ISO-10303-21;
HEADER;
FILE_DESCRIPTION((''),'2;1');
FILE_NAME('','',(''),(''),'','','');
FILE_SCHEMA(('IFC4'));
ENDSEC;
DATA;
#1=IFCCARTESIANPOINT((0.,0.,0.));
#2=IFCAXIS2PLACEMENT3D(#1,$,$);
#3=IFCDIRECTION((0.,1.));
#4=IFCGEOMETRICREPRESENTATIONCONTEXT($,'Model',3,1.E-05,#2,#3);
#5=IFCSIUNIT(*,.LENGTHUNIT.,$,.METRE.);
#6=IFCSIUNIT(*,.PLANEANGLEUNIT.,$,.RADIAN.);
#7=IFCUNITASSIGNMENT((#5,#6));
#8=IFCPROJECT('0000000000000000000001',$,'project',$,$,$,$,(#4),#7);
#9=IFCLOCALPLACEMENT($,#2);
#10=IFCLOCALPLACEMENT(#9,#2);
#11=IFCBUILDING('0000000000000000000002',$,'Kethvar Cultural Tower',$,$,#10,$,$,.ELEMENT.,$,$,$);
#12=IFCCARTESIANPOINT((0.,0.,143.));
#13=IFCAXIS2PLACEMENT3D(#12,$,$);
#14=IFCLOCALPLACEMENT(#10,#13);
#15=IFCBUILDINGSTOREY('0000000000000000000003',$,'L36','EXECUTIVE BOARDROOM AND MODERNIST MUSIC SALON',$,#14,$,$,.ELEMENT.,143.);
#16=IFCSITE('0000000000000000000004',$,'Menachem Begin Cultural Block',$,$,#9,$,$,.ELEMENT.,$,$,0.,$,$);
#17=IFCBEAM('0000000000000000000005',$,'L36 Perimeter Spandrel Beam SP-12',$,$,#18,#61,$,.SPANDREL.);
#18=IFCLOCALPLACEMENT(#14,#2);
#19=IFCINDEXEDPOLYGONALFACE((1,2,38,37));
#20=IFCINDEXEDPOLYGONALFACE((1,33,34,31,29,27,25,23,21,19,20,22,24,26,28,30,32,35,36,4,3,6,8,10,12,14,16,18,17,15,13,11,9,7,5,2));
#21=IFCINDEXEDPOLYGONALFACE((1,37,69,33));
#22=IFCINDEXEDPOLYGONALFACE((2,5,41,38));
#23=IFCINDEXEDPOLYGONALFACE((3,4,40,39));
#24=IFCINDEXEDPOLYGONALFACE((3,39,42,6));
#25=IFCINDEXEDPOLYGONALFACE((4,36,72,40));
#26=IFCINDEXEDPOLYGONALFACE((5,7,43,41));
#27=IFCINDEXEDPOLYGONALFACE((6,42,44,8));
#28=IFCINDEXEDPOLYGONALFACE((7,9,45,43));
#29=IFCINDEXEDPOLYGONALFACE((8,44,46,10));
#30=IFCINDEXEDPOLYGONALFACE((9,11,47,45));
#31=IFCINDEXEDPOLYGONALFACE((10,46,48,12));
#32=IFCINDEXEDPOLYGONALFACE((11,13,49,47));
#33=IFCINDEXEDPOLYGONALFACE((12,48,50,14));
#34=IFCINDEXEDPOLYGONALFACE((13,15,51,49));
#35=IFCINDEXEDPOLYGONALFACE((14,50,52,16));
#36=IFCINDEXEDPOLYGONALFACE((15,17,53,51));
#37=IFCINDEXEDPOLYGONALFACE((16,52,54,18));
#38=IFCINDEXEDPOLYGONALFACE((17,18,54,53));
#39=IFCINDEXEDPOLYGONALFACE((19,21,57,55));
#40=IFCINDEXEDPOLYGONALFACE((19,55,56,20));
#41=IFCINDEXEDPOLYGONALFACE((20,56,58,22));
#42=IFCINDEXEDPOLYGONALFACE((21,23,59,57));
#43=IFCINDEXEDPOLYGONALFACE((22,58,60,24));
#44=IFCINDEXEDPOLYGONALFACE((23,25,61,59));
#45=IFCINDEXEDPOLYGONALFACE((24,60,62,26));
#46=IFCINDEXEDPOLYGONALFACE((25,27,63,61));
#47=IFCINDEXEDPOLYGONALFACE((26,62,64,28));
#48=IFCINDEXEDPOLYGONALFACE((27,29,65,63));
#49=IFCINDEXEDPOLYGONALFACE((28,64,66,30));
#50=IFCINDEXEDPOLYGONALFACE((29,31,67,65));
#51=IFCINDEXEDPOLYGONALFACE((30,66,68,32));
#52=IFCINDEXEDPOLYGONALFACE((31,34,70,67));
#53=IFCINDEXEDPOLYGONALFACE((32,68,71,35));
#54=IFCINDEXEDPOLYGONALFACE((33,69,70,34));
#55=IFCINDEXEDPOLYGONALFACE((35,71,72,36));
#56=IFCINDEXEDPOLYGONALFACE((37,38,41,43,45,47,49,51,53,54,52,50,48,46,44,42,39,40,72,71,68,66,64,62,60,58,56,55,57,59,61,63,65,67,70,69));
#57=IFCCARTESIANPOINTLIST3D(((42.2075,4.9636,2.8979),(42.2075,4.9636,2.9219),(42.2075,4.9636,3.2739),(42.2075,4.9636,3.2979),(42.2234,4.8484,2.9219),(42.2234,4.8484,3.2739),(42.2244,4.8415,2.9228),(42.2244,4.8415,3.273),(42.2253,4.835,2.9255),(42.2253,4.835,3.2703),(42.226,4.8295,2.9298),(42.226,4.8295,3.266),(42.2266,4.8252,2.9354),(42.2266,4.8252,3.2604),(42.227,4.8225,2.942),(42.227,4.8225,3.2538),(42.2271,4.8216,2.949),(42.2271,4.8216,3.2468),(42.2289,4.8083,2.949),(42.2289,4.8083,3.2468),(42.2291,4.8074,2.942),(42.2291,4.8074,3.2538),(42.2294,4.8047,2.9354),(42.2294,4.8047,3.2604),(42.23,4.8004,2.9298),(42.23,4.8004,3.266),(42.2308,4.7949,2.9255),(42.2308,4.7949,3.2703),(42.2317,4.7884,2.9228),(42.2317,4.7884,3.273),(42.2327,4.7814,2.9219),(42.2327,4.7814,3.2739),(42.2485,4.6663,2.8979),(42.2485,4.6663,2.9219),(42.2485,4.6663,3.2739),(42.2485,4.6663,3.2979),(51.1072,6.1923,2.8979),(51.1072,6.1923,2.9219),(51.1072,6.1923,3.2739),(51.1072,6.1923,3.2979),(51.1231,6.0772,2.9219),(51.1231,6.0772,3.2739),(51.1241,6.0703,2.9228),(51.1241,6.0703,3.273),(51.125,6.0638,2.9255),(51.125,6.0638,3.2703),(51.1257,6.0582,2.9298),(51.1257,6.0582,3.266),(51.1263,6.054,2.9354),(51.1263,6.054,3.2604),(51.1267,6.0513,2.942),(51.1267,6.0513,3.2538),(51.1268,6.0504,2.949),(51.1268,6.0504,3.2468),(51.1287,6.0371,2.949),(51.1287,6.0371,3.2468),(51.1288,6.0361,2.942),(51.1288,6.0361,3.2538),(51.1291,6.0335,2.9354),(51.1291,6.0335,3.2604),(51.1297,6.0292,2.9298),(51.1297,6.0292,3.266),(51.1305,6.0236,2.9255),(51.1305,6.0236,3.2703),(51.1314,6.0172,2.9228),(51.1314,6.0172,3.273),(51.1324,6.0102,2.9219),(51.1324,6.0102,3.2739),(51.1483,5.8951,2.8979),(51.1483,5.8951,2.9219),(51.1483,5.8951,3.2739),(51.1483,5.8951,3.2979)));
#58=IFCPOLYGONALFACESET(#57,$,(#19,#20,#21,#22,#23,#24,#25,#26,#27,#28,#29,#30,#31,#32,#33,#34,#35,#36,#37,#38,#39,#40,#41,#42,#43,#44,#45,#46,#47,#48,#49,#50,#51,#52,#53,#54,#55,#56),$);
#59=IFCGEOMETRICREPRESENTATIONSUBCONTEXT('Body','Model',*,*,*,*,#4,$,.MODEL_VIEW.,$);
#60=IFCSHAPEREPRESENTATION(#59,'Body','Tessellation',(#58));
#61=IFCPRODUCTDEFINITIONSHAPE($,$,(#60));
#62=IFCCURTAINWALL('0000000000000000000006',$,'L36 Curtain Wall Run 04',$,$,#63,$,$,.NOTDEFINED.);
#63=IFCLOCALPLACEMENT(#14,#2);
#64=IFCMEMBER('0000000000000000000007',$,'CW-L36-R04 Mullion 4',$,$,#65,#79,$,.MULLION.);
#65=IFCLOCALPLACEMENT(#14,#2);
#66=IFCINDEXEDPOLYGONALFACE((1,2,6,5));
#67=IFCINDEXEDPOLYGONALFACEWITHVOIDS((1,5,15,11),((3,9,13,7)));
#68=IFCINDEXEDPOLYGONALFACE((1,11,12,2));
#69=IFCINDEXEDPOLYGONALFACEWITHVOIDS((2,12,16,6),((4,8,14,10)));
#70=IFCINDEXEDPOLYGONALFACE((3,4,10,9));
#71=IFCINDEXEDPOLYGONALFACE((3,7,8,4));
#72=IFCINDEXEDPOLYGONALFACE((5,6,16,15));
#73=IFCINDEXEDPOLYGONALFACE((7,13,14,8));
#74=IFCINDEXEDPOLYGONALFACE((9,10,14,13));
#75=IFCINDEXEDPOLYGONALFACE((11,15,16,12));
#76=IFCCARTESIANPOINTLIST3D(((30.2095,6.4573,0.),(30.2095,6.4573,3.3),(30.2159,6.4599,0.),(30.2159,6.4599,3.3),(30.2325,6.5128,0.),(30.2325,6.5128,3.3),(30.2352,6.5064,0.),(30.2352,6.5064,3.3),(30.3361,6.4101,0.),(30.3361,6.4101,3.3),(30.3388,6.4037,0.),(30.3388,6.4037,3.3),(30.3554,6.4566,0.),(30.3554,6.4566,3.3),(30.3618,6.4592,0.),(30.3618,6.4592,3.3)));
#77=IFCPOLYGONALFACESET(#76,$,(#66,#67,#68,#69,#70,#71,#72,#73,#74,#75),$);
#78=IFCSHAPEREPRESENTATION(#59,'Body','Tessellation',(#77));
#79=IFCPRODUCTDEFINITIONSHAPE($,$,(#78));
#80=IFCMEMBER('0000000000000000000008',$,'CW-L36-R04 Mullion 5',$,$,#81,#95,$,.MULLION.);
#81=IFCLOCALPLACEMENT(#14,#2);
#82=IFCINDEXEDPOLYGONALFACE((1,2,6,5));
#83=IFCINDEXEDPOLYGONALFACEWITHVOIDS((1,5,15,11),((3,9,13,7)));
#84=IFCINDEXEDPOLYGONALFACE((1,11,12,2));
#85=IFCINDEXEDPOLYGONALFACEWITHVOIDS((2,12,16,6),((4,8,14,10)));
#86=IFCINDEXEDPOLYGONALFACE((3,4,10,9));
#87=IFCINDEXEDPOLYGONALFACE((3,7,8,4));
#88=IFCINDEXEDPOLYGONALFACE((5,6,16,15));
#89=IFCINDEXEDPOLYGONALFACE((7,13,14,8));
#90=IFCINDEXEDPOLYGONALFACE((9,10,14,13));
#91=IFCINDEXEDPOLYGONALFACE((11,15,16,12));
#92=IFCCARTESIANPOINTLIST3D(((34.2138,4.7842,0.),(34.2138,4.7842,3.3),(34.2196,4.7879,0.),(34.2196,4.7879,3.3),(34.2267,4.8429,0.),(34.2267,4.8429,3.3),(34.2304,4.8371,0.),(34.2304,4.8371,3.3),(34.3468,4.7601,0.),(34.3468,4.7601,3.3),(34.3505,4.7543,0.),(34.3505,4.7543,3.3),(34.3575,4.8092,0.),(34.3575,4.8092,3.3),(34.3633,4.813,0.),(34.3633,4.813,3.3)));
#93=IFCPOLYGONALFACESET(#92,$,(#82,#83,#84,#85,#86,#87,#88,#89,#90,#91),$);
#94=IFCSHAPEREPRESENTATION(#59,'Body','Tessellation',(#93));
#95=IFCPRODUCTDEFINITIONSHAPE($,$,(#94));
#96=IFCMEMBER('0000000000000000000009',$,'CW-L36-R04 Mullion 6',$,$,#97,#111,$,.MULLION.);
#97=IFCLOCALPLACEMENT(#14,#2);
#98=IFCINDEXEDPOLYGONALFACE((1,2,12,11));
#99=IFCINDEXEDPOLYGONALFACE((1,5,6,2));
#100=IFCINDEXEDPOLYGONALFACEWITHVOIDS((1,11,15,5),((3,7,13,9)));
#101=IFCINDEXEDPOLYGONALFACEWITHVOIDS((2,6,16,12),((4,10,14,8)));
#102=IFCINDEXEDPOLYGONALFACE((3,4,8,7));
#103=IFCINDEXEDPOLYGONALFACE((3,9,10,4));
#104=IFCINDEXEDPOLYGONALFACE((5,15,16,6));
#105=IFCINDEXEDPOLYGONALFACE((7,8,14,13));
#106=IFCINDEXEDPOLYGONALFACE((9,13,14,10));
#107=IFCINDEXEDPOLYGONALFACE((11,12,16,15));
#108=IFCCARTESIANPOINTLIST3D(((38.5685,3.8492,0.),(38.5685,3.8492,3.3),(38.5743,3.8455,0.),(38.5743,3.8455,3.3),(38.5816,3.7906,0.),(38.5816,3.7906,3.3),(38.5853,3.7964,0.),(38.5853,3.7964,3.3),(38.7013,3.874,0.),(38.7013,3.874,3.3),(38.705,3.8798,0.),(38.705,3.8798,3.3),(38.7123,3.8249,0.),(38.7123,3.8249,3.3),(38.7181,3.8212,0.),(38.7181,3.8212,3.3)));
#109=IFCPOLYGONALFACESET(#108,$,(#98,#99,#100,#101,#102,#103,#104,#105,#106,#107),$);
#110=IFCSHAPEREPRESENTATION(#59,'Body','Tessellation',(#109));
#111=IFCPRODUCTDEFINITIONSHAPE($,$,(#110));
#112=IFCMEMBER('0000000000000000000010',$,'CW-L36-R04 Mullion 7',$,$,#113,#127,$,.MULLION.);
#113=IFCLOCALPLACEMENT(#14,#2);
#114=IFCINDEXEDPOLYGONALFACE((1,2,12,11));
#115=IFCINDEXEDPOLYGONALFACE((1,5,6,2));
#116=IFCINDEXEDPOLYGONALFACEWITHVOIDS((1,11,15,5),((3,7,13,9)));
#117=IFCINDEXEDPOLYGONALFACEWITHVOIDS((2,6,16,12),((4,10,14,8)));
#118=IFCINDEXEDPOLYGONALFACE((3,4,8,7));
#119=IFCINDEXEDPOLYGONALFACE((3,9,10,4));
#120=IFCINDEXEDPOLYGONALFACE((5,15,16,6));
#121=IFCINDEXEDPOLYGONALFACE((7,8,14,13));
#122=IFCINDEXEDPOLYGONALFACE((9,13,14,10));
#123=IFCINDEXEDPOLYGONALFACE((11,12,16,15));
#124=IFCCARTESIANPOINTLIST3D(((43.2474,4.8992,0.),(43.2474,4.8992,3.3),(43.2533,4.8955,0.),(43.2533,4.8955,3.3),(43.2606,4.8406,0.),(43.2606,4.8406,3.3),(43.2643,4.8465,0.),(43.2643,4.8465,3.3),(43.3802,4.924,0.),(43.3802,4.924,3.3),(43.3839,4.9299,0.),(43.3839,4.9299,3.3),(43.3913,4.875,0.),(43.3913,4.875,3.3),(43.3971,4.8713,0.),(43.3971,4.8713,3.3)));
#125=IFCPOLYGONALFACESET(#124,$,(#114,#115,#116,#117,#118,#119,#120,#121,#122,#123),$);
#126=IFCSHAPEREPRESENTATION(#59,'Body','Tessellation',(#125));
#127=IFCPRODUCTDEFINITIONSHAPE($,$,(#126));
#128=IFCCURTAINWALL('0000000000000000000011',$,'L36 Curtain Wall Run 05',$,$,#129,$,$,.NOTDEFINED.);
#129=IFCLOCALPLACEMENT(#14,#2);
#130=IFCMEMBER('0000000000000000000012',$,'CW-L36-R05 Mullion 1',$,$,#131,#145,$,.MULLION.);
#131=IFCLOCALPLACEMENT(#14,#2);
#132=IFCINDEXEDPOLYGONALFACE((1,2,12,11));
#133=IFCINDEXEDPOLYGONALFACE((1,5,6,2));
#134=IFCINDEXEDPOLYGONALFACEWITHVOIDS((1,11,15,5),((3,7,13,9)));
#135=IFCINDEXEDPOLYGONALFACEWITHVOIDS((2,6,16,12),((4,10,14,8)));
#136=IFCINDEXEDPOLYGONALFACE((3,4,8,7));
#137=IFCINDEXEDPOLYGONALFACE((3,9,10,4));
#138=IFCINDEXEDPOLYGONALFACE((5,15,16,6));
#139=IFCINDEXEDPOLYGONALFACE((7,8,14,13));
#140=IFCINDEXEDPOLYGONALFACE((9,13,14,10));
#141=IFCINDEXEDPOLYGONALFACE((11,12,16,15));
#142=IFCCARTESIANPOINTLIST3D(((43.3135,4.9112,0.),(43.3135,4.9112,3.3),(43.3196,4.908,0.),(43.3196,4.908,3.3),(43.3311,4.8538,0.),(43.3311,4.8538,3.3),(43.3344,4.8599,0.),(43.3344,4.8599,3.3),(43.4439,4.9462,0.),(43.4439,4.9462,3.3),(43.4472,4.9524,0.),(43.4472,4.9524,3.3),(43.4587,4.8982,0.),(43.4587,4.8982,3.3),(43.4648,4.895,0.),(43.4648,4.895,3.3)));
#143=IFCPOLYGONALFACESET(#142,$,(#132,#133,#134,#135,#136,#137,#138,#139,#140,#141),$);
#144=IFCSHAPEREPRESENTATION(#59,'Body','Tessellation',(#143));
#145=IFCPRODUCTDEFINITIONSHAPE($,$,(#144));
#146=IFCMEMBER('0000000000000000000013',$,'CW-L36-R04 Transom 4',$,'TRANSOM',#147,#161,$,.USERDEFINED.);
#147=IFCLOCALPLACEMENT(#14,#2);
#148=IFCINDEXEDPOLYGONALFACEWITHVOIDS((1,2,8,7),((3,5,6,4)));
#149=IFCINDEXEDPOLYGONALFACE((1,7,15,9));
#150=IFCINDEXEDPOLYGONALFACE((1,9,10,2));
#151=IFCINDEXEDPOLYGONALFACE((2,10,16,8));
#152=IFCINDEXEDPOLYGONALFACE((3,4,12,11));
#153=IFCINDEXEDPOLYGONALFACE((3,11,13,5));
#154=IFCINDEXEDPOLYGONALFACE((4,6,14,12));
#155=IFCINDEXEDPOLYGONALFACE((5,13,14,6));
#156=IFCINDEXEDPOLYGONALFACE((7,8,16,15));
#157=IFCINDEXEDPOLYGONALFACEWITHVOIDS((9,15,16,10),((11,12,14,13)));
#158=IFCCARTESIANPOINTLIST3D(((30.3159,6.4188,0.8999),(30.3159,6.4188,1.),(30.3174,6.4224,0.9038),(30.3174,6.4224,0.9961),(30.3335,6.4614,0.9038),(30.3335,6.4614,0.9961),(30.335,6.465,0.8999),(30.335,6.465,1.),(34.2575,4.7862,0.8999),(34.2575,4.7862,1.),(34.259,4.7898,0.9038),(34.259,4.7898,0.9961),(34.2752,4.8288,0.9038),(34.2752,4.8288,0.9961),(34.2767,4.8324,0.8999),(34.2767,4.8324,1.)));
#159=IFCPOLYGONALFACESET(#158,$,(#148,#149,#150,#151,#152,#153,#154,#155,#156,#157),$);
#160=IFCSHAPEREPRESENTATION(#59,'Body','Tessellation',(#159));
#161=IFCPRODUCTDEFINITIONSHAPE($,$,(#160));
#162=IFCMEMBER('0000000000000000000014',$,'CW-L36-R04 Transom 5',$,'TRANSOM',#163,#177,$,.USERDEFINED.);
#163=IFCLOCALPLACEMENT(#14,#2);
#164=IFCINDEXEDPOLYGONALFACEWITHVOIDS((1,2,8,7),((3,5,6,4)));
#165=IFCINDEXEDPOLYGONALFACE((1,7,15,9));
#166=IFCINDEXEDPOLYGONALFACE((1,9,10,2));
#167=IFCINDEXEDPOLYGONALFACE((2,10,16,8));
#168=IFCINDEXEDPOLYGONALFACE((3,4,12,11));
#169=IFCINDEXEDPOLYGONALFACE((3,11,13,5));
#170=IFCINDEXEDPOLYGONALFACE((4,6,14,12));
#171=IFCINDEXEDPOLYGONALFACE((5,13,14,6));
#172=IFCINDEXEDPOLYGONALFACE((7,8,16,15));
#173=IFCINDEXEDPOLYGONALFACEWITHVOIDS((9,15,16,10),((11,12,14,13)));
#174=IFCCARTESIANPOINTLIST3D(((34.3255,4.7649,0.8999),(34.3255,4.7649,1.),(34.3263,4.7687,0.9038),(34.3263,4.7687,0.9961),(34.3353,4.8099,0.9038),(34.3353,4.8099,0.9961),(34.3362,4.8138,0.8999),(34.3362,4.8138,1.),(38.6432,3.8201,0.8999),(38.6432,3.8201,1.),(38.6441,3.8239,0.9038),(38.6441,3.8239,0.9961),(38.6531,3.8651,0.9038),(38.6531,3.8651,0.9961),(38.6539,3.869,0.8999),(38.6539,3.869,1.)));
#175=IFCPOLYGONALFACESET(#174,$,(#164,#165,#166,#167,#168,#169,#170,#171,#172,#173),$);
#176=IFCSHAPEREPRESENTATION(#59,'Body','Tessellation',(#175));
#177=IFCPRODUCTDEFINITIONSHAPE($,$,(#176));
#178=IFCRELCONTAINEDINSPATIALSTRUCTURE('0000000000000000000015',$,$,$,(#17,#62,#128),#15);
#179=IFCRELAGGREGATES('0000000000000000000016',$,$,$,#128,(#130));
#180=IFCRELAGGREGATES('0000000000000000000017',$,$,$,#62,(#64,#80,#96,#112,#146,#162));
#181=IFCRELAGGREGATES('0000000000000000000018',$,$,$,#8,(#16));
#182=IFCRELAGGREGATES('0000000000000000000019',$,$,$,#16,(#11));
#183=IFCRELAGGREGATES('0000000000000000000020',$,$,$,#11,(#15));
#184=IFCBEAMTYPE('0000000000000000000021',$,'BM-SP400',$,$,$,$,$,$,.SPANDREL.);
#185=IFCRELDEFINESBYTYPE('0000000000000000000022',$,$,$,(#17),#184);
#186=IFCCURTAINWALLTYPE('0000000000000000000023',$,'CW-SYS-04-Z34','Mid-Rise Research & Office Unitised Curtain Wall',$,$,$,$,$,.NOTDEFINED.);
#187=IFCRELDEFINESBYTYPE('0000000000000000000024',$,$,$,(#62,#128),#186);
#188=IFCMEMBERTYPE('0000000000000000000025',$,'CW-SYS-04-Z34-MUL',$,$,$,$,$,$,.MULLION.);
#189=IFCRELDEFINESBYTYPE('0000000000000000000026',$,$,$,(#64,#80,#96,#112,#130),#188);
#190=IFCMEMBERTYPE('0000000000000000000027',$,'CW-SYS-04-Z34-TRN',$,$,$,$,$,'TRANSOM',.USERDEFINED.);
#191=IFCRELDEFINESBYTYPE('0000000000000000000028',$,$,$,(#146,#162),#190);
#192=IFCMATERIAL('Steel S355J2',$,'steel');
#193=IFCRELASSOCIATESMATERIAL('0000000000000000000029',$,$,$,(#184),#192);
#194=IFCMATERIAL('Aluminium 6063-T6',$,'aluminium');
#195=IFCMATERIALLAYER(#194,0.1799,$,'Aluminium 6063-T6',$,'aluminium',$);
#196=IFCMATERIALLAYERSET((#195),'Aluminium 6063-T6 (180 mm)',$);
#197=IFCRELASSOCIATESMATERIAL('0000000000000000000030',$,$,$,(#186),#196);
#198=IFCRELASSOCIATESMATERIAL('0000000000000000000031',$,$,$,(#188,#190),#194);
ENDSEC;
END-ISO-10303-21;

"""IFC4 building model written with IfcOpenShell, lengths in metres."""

from ifc_helpers import new_model, si_unit, direction, frame, origin, origin_2d, place, context, subcontext, project, spatial, hollow_rectangle, i_section, extrude, source, transform, mapped, material, layer, layer_set, material_profile, profile_set, type_object, element, aggregate, save


model = new_model("IFC4")

# Units and contexts
model_context = context("Model", 3, precision=1e-05, world=origin(), true_north=direction((0.0, 1.0)))
body_context = subcontext(model_context, "Body", "Model", "MODEL_VIEW")
ifc_project = project(units=[si_unit("LENGTHUNIT", "METRE"), si_unit("PLANEANGLEUNIT", "RADIAN")], contexts=[model_context])

# Site, building, storey
site_placement = place(None, origin())
site = spatial("IfcSite", under=ifc_project, at=site_placement, Name="Menachem Begin Cultural Block", CompositionType="ELEMENT", RefElevation=0.0)
building_placement = place(site_placement, origin())
building = spatial("IfcBuilding", under=site, at=building_placement, Name="Kethvar Cultural Tower", CompositionType="ELEMENT")
storey_placement = place(building_placement, frame((0.0, 0.0, 143.0)))
storey = spatial("IfcBuildingStorey", under=building, at=storey_placement, Name="L36", Description="EXECUTIVE BOARDROOM AND MODERNIST MUSIC SALON", CompositionType="ELEMENT", Elevation=143.0)

# Beam
ifc_material_1 = material(Name="Steel S355J2", Category="steel")
ifc_material_profile_1 = material_profile(ifc_material_1, i_section(OverallWidth=0.3, OverallDepth=0.3999, WebThickness=0.0134, FlangeThickness=0.0239, FilletRadius=0.0271, at=origin_2d()), Name="Steel S355J2 — HEB400")
ifc_profile_set_1 = profile_set([ifc_material_profile_1], Name="Steel S355J2 — HEB400")
beam_type_1 = type_object("IfcBeamType", Name="BM-SP400", PredefinedType="SPANDREL", material=ifc_profile_set_1)
shared_shape_1 = source(origin(), body_context, "Body", "SweptSolid", [
    extrude(i_section(OverallWidth=0.3, OverallDepth=0.3999, WebThickness=0.0134, FlangeThickness=0.0239, FilletRadius=0.0271, at=origin_2d()), origin(), (0.0, 0.0, 1.0), 8.9841),
])
beam_1_placement = place(storey_placement, frame((42.228, 4.8149, 3.0979), z_axis=(0.990603, 0.136771, 0.0), x_axis=(-0.136771, 0.990603, 0.0)))
element("IfcBeam", 1, at=beam_1_placement, inside=storey, type_object=beam_type_1, Name="L36 Perimeter Spandrel Beam SP-12", PredefinedType="SPANDREL", context=body_context, shape_type="MappedRepresentation", body=[
    mapped(shared_shape_1, transform((0.0, 0.0, 0.0), scale=1.0)),
])

# Curtain wall, members
ifc_material_2 = material(Name="Aluminium 6063-T6", Category="aluminium")
ifc_layer_1 = layer(ifc_material_2, 0.1799, Name="Aluminium 6063-T6", Category="aluminium")
ifc_layer_set_1 = layer_set([ifc_layer_1], Name="Aluminium 6063-T6 (180 mm)")
curtain_wall_type = type_object("IfcCurtainWallType", Name="CW-SYS-04-Z34", Description="Mid-Rise Research & Office Unitised Curtain Wall", PredefinedType="NOTDEFINED", material=ifc_layer_set_1)
curtain_wall_1_placement = place(storey_placement, origin())
curtain_wall_1 = element("IfcCurtainWall", 2, at=curtain_wall_1_placement, inside=storey, type_object=curtain_wall_type, Name="L36 Curtain Wall Run 04", PredefinedType="NOTDEFINED")
ifc_material_profile_2 = material_profile(ifc_material_2, hollow_rectangle(XDim=0.0601, YDim=0.1399, WallThickness=0.0049, at=origin_2d()), Name="Aluminium 6063-T6 — RHS140x60x5")
ifc_profile_set_2 = profile_set([ifc_material_profile_2], Name="Aluminium 6063-T6 — RHS140x60x5")
member_type_1 = type_object("IfcMemberType", Name="CW-SYS-04-Z34-MUL", PredefinedType="MULLION", material=ifc_profile_set_2)
shared_shape_2 = source(origin(), body_context, "Body", "SweptSolid", [
    extrude(hollow_rectangle(XDim=0.0601, YDim=0.1399, WallThickness=0.0049, at=origin_2d()), origin(), (0.0, 0.0, 1.0), 3.3),
])
member_1_placement = place(storey_placement, frame((30.2856, 6.4583, 0.0), z_axis=(0.0, 0.0, 1.0), x_axis=(0.382635, 0.9239, 0.0)))
member_1 = element("IfcMember", 3, at=member_1_placement, type_object=member_type_1, Name="CW-L36-R04 Mullion 4", PredefinedType="MULLION", context=body_context, shape_type="MappedRepresentation", body=[
    mapped(shared_shape_2, transform((0.0, 0.0, 0.0), scale=1.0)),
])
member_2_placement = place(storey_placement, frame((34.2886, 4.7986, 0.0), z_axis=(0.0, 0.0, 1.0), x_axis=(0.213781, 0.976882, 0.0)))
member_2 = element("IfcMember", 4, at=member_2_placement, type_object=member_type_1, Name="CW-L36-R04 Mullion 5", PredefinedType="MULLION", context=body_context, shape_type="MappedRepresentation", body=[
    mapped(shared_shape_2, transform((0.0, 0.0, 0.0), scale=1.0)),
])
member_3_placement = place(storey_placement, frame((38.6433, 3.8352, 0.0), z_axis=(0.0, 0.0, 1.0), x_axis=(-0.218995, 0.975726, 0.0)))
member_3 = element("IfcMember", 5, at=member_3_placement, type_object=member_type_1, Name="CW-L36-R04 Mullion 6", PredefinedType="MULLION", context=body_context, shape_type="MappedRepresentation", body=[
    mapped(shared_shape_2, transform((0.0, 0.0, 0.0), scale=1.0)),
])
member_4_placement = place(storey_placement, frame((43.3223, 4.8853, 0.0), z_axis=(0.0, 0.0, 1.0), x_axis=(-0.218995, 0.975726, 0.0)))
member_4 = element("IfcMember", 6, at=member_4_placement, type_object=member_type_1, Name="CW-L36-R04 Mullion 7", PredefinedType="MULLION", context=body_context, shape_type="MappedRepresentation", body=[
    mapped(shared_shape_2, transform((0.0, 0.0, 0.0), scale=1.0)),
])

# Curtain wall, member
curtain_wall_2_placement = place(storey_placement, origin())
curtain_wall_2 = element("IfcCurtainWall", 7, at=curtain_wall_2_placement, inside=storey, type_object=curtain_wall_type, Name="L36 Curtain Wall Run 05", PredefinedType="NOTDEFINED")
member_5_placement = place(storey_placement, frame((43.3892, 4.9031, 0.0), z_axis=(0.0, 0.0, 1.0), x_axis=(-0.294174, 0.955752, 0.0)))
member_5 = element("IfcMember", 8, at=member_5_placement, type_object=member_type_1, Name="CW-L36-R05 Mullion 1", PredefinedType="MULLION", context=body_context, shape_type="MappedRepresentation", body=[
    mapped(shared_shape_2, transform((0.0, 0.0, 0.0), scale=1.0)),
])

# Members
ifc_material_profile_3 = material_profile(ifc_material_2, hollow_rectangle(XDim=0.05, YDim=0.1001, WallThickness=0.0039, at=origin_2d()), Name="Aluminium 6063-T6 — RHS100x50x4")
ifc_profile_set_3 = profile_set([ifc_material_profile_3], Name="Aluminium 6063-T6 — RHS100x50x4")
member_type_2 = type_object("IfcMemberType", Name="CW-SYS-04-Z34-TRN", ElementType="TRANSOM", PredefinedType="USERDEFINED", material=ifc_profile_set_3)
shared_shape_3 = source(origin(), body_context, "Body", "SweptSolid", [
    extrude(hollow_rectangle(XDim=0.05, YDim=0.1001, WallThickness=0.0039, at=origin_2d()), origin(), (0.0, 0.0, 1.0), 4.2664),
])
member_6_placement = place(storey_placement, frame((30.3254, 6.4419, 0.95), z_axis=(0.923889, -0.38266, 0.0), x_axis=(0.38266, 0.923889, 0.0)))
member_6 = element("IfcMember", 9, at=member_6_placement, type_object=member_type_2, Name="CW-L36-R04 Transom 4", ObjectType="TRANSOM", PredefinedType="USERDEFINED", context=body_context, shape_type="MappedRepresentation", body=[
    mapped(shared_shape_3, transform((0.0, 0.0, 0.0), scale=1.0)),
])
shared_shape_4 = source(origin(), body_context, "Body", "SweptSolid", [
    extrude(hollow_rectangle(XDim=0.05, YDim=0.1001, WallThickness=0.0039, at=origin_2d()), origin(), (0.0, 0.0, 1.0), 4.4199),
])
member_7_placement = place(storey_placement, frame((34.3308, 4.7893, 0.95), z_axis=(0.976886, -0.213759, 0.0), x_axis=(0.213759, 0.976886, 0.0)))
member_7 = element("IfcMember", 10, at=member_7_placement, type_object=member_type_2, Name="CW-L36-R04 Transom 5", ObjectType="TRANSOM", PredefinedType="USERDEFINED", context=body_context, shape_type="MappedRepresentation", body=[
    mapped(shared_shape_4, transform((0.0, 0.0, 0.0), scale=1.0)),
])
aggregate(curtain_wall_2, [member_5])

aggregate(curtain_wall_1, [member_1, member_2, member_3, member_4, member_6, member_7])

save(model, "model.ifc")
